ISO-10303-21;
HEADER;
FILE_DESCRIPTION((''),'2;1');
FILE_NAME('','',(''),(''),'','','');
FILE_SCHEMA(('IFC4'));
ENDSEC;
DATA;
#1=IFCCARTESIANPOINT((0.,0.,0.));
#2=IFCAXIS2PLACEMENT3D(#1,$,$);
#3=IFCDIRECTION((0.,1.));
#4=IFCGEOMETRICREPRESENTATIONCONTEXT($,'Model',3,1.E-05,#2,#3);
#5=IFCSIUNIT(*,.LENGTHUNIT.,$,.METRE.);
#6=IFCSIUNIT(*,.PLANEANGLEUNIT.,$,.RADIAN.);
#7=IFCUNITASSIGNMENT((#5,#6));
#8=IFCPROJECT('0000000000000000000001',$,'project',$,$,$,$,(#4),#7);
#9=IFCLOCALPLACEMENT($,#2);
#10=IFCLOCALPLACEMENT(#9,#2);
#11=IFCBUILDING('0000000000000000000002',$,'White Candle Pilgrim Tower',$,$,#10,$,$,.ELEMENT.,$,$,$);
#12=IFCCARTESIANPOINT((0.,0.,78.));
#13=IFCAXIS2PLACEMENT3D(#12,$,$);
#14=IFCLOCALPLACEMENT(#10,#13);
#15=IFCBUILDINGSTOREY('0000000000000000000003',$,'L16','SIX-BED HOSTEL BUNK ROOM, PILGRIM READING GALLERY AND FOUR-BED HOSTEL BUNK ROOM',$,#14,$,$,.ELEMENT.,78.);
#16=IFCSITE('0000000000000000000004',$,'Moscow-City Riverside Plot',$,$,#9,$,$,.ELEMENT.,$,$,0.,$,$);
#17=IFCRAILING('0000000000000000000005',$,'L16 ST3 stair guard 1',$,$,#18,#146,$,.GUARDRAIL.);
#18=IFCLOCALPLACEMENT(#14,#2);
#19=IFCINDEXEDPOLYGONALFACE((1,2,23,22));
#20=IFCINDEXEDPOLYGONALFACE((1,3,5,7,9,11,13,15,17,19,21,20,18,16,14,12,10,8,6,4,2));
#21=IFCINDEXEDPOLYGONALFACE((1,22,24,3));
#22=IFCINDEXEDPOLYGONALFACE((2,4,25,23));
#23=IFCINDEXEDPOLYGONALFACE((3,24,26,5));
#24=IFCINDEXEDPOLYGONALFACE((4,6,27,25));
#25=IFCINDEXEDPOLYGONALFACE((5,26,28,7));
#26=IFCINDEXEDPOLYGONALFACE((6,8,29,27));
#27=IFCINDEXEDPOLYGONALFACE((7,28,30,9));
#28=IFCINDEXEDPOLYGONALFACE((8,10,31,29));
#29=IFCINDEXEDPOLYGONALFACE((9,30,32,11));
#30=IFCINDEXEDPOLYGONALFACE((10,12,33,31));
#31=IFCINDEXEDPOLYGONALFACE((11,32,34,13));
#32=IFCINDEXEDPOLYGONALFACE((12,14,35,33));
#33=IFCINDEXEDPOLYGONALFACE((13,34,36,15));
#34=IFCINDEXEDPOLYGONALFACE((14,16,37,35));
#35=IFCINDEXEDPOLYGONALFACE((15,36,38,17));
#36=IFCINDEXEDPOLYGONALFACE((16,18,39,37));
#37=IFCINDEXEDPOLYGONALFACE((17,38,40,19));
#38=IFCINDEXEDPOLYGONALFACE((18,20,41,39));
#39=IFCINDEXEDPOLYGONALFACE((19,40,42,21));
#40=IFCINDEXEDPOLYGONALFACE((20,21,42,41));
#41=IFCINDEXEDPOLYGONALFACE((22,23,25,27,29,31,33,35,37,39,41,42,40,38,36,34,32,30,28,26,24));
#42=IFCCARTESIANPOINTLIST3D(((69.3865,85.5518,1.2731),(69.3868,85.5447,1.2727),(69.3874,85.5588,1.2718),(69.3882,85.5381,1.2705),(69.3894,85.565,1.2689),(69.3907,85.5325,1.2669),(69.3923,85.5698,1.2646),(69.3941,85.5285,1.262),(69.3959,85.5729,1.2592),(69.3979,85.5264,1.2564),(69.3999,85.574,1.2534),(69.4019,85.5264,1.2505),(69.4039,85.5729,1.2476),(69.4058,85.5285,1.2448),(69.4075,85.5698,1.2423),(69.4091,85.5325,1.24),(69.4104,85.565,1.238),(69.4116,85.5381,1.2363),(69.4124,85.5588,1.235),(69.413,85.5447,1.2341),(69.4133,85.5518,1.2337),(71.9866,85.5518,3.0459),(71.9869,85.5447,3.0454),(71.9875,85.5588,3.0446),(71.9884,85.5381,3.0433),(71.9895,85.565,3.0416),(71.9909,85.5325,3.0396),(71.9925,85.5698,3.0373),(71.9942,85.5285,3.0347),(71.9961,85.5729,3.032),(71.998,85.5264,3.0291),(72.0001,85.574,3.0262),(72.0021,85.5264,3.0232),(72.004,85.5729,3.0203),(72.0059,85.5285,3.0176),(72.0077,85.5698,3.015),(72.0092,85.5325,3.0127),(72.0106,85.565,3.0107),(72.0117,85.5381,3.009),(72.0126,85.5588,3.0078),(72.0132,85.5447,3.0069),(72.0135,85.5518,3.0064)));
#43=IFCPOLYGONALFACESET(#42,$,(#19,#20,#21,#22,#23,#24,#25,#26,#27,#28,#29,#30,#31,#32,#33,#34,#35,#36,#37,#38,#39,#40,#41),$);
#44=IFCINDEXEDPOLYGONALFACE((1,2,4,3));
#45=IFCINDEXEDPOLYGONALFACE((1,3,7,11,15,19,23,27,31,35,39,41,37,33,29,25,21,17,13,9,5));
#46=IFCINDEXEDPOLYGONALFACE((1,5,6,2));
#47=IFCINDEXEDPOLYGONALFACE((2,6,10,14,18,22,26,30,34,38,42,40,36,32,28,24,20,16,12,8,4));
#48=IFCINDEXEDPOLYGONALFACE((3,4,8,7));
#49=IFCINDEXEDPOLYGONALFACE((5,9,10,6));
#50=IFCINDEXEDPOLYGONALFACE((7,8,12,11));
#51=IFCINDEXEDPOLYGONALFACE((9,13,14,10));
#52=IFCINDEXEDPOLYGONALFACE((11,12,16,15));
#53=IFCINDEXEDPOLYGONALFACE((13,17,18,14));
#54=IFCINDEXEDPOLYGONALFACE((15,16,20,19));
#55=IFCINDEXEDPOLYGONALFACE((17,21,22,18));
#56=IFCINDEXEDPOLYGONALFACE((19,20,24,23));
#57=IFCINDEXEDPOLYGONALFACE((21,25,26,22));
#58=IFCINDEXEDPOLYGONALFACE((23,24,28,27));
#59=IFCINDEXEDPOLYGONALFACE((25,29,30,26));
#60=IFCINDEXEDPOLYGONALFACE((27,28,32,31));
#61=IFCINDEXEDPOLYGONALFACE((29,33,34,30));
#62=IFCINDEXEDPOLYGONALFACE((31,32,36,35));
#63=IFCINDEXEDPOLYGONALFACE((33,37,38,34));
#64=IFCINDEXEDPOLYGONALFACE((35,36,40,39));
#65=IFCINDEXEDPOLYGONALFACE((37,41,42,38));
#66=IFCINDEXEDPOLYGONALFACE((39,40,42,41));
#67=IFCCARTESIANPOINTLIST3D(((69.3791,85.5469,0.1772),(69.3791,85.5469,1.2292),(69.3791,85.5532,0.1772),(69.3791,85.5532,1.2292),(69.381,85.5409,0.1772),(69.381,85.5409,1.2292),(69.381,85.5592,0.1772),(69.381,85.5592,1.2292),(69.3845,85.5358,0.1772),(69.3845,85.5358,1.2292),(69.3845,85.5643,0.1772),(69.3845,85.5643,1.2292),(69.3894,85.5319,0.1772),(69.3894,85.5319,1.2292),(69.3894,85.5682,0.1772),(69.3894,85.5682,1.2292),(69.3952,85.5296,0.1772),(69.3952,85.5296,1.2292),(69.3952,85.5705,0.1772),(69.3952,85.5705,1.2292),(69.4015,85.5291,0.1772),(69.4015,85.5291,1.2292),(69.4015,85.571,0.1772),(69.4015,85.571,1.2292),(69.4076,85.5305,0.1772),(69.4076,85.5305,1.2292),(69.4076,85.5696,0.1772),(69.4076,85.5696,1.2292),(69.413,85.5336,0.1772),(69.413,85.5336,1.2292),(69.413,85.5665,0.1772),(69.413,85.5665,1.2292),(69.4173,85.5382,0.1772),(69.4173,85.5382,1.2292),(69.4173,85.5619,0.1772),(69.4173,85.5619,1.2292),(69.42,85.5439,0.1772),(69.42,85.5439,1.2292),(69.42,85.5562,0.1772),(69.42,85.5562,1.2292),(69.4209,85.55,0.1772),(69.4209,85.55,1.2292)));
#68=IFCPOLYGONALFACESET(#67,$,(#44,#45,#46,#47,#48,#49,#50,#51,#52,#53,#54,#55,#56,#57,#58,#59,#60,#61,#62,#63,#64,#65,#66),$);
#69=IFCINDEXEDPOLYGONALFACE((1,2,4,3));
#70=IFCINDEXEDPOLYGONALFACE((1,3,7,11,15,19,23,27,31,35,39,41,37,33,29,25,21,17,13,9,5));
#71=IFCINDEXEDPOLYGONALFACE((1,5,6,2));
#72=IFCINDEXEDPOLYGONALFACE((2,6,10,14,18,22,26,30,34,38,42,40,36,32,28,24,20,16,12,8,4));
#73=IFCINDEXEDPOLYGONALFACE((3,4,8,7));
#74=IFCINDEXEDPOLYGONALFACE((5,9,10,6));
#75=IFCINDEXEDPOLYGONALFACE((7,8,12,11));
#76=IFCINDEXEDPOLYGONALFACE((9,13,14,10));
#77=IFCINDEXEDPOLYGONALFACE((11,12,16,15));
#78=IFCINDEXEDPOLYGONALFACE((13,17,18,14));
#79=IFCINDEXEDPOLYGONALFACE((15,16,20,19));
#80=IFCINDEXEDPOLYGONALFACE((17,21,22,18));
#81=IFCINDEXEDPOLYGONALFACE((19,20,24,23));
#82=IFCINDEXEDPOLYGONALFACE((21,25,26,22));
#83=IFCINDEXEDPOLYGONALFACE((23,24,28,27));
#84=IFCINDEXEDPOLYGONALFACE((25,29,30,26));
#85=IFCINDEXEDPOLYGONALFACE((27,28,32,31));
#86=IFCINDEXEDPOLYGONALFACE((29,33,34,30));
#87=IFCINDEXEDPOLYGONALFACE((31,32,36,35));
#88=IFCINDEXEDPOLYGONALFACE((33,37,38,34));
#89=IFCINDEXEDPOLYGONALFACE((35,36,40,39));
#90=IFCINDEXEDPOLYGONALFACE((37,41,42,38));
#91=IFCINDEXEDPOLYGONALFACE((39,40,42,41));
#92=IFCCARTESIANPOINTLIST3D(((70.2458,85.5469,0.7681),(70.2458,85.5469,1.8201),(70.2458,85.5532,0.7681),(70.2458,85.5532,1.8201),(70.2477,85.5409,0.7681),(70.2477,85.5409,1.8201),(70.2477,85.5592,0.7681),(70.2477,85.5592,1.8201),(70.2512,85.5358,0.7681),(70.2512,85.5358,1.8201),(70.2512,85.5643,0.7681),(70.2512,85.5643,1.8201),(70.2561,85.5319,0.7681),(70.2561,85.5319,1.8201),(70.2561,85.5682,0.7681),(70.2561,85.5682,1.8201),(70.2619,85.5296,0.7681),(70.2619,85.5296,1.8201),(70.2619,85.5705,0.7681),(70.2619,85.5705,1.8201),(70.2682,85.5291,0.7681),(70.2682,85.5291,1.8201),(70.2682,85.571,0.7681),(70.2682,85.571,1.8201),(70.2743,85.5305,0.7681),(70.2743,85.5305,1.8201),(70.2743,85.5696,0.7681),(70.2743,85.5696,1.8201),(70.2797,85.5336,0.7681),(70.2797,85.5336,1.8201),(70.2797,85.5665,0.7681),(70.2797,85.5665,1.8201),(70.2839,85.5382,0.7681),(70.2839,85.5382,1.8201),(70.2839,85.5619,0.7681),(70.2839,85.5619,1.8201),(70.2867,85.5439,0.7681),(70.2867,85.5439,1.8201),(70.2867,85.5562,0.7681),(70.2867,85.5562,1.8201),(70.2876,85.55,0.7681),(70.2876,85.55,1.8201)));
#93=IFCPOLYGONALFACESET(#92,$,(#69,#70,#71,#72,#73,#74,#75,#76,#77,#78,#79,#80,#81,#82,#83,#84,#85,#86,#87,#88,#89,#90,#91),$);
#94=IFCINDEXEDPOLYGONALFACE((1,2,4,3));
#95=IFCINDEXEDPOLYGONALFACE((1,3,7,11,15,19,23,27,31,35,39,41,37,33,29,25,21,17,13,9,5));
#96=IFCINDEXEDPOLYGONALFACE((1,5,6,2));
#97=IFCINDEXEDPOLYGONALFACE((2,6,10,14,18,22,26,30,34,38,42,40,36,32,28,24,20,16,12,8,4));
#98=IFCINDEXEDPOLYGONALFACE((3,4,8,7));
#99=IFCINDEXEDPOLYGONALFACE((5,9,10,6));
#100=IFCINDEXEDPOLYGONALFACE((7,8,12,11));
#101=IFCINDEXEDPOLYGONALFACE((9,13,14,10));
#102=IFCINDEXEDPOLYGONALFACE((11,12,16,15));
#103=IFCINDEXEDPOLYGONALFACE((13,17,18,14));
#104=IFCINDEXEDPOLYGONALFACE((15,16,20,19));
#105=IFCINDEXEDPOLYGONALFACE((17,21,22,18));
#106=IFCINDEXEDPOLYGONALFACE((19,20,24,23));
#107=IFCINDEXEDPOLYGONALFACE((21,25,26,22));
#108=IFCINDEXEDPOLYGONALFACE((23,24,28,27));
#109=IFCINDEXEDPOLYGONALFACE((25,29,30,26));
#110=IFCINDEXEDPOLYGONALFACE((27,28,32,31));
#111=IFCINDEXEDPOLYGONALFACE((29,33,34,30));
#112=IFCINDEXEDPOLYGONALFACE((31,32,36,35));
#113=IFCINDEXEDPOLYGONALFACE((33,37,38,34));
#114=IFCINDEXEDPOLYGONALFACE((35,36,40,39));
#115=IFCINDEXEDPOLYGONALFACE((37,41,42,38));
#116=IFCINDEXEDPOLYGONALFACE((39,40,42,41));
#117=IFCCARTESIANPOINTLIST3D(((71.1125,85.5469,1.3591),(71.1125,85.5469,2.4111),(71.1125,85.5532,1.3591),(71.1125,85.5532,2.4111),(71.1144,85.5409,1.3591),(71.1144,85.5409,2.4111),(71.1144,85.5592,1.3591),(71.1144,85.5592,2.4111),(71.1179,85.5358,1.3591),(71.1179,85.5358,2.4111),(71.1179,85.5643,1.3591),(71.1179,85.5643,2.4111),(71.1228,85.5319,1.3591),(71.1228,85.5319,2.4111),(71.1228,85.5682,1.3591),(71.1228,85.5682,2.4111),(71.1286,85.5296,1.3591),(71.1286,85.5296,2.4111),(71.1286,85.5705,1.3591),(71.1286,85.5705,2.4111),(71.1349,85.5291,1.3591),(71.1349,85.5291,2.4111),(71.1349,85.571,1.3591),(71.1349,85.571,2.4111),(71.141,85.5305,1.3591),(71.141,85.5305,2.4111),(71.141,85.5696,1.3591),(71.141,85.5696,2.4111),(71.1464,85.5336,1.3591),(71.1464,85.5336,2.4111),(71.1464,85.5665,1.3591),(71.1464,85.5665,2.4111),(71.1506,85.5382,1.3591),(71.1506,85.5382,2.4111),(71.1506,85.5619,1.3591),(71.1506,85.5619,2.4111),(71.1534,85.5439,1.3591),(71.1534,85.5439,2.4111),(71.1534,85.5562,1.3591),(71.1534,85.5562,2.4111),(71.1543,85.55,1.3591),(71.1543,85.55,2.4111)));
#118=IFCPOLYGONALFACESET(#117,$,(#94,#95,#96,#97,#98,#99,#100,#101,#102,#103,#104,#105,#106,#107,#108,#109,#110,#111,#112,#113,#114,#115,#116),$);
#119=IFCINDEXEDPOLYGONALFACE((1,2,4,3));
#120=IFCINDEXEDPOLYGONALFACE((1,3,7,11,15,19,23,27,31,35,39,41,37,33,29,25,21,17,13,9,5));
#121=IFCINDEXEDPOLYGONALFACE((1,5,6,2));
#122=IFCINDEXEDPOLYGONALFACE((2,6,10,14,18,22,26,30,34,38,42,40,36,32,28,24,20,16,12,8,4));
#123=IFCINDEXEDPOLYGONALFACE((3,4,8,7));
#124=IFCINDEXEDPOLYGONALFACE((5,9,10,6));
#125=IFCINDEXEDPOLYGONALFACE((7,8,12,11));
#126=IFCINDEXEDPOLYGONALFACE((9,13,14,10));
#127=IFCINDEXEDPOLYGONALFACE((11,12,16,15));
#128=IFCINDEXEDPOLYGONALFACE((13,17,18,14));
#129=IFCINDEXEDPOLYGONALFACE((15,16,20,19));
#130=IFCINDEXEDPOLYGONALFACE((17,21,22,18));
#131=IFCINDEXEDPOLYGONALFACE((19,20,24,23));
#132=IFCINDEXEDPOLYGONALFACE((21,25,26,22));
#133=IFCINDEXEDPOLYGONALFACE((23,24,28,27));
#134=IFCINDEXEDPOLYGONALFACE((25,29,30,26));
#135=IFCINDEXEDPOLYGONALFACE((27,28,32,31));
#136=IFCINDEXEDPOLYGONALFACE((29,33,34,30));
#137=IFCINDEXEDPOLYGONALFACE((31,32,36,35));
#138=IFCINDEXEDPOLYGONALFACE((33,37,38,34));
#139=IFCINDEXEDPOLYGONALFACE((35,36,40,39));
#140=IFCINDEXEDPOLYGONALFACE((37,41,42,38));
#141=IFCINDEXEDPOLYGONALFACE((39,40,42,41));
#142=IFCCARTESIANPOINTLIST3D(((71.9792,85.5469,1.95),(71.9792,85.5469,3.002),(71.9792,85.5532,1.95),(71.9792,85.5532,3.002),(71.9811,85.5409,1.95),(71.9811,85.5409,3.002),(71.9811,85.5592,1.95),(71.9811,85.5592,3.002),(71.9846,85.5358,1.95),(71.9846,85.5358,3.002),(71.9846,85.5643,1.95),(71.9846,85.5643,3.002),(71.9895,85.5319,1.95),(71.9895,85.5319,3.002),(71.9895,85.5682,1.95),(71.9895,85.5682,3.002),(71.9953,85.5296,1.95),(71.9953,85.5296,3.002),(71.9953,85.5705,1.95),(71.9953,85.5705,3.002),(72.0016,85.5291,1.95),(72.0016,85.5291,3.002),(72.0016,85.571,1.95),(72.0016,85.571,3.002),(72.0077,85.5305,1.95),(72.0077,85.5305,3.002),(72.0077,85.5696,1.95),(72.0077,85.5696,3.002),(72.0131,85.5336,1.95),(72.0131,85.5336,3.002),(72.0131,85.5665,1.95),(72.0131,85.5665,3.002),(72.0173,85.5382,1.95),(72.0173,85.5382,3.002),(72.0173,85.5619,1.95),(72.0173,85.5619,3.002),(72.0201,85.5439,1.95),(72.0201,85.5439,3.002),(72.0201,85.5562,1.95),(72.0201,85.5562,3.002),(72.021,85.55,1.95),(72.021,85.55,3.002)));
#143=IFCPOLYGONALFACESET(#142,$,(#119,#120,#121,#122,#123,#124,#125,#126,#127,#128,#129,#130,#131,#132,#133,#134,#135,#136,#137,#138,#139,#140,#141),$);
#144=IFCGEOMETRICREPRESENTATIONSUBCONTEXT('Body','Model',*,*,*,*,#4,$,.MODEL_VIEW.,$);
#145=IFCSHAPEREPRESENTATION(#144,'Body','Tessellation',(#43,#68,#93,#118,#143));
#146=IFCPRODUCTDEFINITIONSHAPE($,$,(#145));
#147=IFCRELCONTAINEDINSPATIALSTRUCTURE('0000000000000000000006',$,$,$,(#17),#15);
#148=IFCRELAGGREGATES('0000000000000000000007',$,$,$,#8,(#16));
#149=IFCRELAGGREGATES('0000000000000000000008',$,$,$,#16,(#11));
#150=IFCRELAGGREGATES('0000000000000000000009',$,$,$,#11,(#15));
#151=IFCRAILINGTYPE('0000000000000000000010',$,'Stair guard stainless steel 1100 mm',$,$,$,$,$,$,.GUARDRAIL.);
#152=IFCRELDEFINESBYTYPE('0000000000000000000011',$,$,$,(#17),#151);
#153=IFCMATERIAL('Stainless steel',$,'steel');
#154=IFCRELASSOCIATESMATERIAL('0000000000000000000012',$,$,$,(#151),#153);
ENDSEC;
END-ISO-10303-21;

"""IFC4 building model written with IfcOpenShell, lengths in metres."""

from ifc_helpers import new_model, si_unit, direction, frame, origin, origin_2d, place, context, subcontext, project, spatial, circle, extrude, material, type_object, element, save


model = new_model("IFC4")

# Units and contexts
model_context = context("Model", 3, precision=1e-05, world=origin(), true_north=direction((0.0, 1.0)))
body_context = subcontext(model_context, "Body", "Model", "MODEL_VIEW")
ifc_project = project(units=[si_unit("LENGTHUNIT", "METRE"), si_unit("PLANEANGLEUNIT", "RADIAN")], contexts=[model_context])

# Site, building, storey
site_placement = place(None, origin())
site = spatial("IfcSite", under=ifc_project, at=site_placement, Name="Moscow-City Riverside Plot", CompositionType="ELEMENT", RefElevation=0.0)
building_placement = place(site_placement, origin())
building = spatial("IfcBuilding", under=site, at=building_placement, Name="White Candle Pilgrim Tower", CompositionType="ELEMENT")
storey_placement = place(building_placement, frame((0.0, 0.0, 78.0)))
storey = spatial("IfcBuildingStorey", under=building, at=storey_placement, Name="L16", Description="SIX-BED HOSTEL BUNK ROOM, PILGRIM READING GALLERY AND FOUR-BED HOSTEL BUNK ROOM", CompositionType="ELEMENT", Elevation=78.0)

# Railing
ifc_material_1 = material(Name="Stainless steel", Category="steel")
railing_type_1 = type_object("IfcRailingType", Name="Stair guard stainless steel 1100 mm", PredefinedType="GUARDRAIL", material=ifc_material_1)
railing_1_placement = place(storey_placement, frame((69.3999, 85.55, 0.1772)))
element("IfcRailing", 1, at=railing_1_placement, inside=storey, type_object=railing_type_1, Name="L16 ST3 stair guard 1", PredefinedType="GUARDRAIL", context=body_context, shape_type="SweptSolid", body=[
    extrude(circle(Radius=0.0239, at=origin_2d()), frame((0.0, 0.0, 1.0762), z_axis=(0.82624, 0.0, 0.563318), x_axis=(0.0, 1.0, 0.0)), (0.0, 0.0, 1.0), 3.147),
    extrude(circle(Radius=0.021, at=origin_2d()), origin(), (0.0, 0.0, 1.0), 1.052),
    extrude(circle(Radius=0.021, at=origin_2d()), frame((0.8667, 0.0, 0.5908)), (0.0, 0.0, 1.0), 1.052),
    extrude(circle(Radius=0.021, at=origin_2d()), frame((1.7334, 0.0, 1.1819)), (0.0, 0.0, 1.0), 1.052),
    extrude(circle(Radius=0.021, at=origin_2d()), frame((2.6001, 0.0, 1.7727)), (0.0, 0.0, 1.0), 1.052),
])

save(model, "model.ifc")
